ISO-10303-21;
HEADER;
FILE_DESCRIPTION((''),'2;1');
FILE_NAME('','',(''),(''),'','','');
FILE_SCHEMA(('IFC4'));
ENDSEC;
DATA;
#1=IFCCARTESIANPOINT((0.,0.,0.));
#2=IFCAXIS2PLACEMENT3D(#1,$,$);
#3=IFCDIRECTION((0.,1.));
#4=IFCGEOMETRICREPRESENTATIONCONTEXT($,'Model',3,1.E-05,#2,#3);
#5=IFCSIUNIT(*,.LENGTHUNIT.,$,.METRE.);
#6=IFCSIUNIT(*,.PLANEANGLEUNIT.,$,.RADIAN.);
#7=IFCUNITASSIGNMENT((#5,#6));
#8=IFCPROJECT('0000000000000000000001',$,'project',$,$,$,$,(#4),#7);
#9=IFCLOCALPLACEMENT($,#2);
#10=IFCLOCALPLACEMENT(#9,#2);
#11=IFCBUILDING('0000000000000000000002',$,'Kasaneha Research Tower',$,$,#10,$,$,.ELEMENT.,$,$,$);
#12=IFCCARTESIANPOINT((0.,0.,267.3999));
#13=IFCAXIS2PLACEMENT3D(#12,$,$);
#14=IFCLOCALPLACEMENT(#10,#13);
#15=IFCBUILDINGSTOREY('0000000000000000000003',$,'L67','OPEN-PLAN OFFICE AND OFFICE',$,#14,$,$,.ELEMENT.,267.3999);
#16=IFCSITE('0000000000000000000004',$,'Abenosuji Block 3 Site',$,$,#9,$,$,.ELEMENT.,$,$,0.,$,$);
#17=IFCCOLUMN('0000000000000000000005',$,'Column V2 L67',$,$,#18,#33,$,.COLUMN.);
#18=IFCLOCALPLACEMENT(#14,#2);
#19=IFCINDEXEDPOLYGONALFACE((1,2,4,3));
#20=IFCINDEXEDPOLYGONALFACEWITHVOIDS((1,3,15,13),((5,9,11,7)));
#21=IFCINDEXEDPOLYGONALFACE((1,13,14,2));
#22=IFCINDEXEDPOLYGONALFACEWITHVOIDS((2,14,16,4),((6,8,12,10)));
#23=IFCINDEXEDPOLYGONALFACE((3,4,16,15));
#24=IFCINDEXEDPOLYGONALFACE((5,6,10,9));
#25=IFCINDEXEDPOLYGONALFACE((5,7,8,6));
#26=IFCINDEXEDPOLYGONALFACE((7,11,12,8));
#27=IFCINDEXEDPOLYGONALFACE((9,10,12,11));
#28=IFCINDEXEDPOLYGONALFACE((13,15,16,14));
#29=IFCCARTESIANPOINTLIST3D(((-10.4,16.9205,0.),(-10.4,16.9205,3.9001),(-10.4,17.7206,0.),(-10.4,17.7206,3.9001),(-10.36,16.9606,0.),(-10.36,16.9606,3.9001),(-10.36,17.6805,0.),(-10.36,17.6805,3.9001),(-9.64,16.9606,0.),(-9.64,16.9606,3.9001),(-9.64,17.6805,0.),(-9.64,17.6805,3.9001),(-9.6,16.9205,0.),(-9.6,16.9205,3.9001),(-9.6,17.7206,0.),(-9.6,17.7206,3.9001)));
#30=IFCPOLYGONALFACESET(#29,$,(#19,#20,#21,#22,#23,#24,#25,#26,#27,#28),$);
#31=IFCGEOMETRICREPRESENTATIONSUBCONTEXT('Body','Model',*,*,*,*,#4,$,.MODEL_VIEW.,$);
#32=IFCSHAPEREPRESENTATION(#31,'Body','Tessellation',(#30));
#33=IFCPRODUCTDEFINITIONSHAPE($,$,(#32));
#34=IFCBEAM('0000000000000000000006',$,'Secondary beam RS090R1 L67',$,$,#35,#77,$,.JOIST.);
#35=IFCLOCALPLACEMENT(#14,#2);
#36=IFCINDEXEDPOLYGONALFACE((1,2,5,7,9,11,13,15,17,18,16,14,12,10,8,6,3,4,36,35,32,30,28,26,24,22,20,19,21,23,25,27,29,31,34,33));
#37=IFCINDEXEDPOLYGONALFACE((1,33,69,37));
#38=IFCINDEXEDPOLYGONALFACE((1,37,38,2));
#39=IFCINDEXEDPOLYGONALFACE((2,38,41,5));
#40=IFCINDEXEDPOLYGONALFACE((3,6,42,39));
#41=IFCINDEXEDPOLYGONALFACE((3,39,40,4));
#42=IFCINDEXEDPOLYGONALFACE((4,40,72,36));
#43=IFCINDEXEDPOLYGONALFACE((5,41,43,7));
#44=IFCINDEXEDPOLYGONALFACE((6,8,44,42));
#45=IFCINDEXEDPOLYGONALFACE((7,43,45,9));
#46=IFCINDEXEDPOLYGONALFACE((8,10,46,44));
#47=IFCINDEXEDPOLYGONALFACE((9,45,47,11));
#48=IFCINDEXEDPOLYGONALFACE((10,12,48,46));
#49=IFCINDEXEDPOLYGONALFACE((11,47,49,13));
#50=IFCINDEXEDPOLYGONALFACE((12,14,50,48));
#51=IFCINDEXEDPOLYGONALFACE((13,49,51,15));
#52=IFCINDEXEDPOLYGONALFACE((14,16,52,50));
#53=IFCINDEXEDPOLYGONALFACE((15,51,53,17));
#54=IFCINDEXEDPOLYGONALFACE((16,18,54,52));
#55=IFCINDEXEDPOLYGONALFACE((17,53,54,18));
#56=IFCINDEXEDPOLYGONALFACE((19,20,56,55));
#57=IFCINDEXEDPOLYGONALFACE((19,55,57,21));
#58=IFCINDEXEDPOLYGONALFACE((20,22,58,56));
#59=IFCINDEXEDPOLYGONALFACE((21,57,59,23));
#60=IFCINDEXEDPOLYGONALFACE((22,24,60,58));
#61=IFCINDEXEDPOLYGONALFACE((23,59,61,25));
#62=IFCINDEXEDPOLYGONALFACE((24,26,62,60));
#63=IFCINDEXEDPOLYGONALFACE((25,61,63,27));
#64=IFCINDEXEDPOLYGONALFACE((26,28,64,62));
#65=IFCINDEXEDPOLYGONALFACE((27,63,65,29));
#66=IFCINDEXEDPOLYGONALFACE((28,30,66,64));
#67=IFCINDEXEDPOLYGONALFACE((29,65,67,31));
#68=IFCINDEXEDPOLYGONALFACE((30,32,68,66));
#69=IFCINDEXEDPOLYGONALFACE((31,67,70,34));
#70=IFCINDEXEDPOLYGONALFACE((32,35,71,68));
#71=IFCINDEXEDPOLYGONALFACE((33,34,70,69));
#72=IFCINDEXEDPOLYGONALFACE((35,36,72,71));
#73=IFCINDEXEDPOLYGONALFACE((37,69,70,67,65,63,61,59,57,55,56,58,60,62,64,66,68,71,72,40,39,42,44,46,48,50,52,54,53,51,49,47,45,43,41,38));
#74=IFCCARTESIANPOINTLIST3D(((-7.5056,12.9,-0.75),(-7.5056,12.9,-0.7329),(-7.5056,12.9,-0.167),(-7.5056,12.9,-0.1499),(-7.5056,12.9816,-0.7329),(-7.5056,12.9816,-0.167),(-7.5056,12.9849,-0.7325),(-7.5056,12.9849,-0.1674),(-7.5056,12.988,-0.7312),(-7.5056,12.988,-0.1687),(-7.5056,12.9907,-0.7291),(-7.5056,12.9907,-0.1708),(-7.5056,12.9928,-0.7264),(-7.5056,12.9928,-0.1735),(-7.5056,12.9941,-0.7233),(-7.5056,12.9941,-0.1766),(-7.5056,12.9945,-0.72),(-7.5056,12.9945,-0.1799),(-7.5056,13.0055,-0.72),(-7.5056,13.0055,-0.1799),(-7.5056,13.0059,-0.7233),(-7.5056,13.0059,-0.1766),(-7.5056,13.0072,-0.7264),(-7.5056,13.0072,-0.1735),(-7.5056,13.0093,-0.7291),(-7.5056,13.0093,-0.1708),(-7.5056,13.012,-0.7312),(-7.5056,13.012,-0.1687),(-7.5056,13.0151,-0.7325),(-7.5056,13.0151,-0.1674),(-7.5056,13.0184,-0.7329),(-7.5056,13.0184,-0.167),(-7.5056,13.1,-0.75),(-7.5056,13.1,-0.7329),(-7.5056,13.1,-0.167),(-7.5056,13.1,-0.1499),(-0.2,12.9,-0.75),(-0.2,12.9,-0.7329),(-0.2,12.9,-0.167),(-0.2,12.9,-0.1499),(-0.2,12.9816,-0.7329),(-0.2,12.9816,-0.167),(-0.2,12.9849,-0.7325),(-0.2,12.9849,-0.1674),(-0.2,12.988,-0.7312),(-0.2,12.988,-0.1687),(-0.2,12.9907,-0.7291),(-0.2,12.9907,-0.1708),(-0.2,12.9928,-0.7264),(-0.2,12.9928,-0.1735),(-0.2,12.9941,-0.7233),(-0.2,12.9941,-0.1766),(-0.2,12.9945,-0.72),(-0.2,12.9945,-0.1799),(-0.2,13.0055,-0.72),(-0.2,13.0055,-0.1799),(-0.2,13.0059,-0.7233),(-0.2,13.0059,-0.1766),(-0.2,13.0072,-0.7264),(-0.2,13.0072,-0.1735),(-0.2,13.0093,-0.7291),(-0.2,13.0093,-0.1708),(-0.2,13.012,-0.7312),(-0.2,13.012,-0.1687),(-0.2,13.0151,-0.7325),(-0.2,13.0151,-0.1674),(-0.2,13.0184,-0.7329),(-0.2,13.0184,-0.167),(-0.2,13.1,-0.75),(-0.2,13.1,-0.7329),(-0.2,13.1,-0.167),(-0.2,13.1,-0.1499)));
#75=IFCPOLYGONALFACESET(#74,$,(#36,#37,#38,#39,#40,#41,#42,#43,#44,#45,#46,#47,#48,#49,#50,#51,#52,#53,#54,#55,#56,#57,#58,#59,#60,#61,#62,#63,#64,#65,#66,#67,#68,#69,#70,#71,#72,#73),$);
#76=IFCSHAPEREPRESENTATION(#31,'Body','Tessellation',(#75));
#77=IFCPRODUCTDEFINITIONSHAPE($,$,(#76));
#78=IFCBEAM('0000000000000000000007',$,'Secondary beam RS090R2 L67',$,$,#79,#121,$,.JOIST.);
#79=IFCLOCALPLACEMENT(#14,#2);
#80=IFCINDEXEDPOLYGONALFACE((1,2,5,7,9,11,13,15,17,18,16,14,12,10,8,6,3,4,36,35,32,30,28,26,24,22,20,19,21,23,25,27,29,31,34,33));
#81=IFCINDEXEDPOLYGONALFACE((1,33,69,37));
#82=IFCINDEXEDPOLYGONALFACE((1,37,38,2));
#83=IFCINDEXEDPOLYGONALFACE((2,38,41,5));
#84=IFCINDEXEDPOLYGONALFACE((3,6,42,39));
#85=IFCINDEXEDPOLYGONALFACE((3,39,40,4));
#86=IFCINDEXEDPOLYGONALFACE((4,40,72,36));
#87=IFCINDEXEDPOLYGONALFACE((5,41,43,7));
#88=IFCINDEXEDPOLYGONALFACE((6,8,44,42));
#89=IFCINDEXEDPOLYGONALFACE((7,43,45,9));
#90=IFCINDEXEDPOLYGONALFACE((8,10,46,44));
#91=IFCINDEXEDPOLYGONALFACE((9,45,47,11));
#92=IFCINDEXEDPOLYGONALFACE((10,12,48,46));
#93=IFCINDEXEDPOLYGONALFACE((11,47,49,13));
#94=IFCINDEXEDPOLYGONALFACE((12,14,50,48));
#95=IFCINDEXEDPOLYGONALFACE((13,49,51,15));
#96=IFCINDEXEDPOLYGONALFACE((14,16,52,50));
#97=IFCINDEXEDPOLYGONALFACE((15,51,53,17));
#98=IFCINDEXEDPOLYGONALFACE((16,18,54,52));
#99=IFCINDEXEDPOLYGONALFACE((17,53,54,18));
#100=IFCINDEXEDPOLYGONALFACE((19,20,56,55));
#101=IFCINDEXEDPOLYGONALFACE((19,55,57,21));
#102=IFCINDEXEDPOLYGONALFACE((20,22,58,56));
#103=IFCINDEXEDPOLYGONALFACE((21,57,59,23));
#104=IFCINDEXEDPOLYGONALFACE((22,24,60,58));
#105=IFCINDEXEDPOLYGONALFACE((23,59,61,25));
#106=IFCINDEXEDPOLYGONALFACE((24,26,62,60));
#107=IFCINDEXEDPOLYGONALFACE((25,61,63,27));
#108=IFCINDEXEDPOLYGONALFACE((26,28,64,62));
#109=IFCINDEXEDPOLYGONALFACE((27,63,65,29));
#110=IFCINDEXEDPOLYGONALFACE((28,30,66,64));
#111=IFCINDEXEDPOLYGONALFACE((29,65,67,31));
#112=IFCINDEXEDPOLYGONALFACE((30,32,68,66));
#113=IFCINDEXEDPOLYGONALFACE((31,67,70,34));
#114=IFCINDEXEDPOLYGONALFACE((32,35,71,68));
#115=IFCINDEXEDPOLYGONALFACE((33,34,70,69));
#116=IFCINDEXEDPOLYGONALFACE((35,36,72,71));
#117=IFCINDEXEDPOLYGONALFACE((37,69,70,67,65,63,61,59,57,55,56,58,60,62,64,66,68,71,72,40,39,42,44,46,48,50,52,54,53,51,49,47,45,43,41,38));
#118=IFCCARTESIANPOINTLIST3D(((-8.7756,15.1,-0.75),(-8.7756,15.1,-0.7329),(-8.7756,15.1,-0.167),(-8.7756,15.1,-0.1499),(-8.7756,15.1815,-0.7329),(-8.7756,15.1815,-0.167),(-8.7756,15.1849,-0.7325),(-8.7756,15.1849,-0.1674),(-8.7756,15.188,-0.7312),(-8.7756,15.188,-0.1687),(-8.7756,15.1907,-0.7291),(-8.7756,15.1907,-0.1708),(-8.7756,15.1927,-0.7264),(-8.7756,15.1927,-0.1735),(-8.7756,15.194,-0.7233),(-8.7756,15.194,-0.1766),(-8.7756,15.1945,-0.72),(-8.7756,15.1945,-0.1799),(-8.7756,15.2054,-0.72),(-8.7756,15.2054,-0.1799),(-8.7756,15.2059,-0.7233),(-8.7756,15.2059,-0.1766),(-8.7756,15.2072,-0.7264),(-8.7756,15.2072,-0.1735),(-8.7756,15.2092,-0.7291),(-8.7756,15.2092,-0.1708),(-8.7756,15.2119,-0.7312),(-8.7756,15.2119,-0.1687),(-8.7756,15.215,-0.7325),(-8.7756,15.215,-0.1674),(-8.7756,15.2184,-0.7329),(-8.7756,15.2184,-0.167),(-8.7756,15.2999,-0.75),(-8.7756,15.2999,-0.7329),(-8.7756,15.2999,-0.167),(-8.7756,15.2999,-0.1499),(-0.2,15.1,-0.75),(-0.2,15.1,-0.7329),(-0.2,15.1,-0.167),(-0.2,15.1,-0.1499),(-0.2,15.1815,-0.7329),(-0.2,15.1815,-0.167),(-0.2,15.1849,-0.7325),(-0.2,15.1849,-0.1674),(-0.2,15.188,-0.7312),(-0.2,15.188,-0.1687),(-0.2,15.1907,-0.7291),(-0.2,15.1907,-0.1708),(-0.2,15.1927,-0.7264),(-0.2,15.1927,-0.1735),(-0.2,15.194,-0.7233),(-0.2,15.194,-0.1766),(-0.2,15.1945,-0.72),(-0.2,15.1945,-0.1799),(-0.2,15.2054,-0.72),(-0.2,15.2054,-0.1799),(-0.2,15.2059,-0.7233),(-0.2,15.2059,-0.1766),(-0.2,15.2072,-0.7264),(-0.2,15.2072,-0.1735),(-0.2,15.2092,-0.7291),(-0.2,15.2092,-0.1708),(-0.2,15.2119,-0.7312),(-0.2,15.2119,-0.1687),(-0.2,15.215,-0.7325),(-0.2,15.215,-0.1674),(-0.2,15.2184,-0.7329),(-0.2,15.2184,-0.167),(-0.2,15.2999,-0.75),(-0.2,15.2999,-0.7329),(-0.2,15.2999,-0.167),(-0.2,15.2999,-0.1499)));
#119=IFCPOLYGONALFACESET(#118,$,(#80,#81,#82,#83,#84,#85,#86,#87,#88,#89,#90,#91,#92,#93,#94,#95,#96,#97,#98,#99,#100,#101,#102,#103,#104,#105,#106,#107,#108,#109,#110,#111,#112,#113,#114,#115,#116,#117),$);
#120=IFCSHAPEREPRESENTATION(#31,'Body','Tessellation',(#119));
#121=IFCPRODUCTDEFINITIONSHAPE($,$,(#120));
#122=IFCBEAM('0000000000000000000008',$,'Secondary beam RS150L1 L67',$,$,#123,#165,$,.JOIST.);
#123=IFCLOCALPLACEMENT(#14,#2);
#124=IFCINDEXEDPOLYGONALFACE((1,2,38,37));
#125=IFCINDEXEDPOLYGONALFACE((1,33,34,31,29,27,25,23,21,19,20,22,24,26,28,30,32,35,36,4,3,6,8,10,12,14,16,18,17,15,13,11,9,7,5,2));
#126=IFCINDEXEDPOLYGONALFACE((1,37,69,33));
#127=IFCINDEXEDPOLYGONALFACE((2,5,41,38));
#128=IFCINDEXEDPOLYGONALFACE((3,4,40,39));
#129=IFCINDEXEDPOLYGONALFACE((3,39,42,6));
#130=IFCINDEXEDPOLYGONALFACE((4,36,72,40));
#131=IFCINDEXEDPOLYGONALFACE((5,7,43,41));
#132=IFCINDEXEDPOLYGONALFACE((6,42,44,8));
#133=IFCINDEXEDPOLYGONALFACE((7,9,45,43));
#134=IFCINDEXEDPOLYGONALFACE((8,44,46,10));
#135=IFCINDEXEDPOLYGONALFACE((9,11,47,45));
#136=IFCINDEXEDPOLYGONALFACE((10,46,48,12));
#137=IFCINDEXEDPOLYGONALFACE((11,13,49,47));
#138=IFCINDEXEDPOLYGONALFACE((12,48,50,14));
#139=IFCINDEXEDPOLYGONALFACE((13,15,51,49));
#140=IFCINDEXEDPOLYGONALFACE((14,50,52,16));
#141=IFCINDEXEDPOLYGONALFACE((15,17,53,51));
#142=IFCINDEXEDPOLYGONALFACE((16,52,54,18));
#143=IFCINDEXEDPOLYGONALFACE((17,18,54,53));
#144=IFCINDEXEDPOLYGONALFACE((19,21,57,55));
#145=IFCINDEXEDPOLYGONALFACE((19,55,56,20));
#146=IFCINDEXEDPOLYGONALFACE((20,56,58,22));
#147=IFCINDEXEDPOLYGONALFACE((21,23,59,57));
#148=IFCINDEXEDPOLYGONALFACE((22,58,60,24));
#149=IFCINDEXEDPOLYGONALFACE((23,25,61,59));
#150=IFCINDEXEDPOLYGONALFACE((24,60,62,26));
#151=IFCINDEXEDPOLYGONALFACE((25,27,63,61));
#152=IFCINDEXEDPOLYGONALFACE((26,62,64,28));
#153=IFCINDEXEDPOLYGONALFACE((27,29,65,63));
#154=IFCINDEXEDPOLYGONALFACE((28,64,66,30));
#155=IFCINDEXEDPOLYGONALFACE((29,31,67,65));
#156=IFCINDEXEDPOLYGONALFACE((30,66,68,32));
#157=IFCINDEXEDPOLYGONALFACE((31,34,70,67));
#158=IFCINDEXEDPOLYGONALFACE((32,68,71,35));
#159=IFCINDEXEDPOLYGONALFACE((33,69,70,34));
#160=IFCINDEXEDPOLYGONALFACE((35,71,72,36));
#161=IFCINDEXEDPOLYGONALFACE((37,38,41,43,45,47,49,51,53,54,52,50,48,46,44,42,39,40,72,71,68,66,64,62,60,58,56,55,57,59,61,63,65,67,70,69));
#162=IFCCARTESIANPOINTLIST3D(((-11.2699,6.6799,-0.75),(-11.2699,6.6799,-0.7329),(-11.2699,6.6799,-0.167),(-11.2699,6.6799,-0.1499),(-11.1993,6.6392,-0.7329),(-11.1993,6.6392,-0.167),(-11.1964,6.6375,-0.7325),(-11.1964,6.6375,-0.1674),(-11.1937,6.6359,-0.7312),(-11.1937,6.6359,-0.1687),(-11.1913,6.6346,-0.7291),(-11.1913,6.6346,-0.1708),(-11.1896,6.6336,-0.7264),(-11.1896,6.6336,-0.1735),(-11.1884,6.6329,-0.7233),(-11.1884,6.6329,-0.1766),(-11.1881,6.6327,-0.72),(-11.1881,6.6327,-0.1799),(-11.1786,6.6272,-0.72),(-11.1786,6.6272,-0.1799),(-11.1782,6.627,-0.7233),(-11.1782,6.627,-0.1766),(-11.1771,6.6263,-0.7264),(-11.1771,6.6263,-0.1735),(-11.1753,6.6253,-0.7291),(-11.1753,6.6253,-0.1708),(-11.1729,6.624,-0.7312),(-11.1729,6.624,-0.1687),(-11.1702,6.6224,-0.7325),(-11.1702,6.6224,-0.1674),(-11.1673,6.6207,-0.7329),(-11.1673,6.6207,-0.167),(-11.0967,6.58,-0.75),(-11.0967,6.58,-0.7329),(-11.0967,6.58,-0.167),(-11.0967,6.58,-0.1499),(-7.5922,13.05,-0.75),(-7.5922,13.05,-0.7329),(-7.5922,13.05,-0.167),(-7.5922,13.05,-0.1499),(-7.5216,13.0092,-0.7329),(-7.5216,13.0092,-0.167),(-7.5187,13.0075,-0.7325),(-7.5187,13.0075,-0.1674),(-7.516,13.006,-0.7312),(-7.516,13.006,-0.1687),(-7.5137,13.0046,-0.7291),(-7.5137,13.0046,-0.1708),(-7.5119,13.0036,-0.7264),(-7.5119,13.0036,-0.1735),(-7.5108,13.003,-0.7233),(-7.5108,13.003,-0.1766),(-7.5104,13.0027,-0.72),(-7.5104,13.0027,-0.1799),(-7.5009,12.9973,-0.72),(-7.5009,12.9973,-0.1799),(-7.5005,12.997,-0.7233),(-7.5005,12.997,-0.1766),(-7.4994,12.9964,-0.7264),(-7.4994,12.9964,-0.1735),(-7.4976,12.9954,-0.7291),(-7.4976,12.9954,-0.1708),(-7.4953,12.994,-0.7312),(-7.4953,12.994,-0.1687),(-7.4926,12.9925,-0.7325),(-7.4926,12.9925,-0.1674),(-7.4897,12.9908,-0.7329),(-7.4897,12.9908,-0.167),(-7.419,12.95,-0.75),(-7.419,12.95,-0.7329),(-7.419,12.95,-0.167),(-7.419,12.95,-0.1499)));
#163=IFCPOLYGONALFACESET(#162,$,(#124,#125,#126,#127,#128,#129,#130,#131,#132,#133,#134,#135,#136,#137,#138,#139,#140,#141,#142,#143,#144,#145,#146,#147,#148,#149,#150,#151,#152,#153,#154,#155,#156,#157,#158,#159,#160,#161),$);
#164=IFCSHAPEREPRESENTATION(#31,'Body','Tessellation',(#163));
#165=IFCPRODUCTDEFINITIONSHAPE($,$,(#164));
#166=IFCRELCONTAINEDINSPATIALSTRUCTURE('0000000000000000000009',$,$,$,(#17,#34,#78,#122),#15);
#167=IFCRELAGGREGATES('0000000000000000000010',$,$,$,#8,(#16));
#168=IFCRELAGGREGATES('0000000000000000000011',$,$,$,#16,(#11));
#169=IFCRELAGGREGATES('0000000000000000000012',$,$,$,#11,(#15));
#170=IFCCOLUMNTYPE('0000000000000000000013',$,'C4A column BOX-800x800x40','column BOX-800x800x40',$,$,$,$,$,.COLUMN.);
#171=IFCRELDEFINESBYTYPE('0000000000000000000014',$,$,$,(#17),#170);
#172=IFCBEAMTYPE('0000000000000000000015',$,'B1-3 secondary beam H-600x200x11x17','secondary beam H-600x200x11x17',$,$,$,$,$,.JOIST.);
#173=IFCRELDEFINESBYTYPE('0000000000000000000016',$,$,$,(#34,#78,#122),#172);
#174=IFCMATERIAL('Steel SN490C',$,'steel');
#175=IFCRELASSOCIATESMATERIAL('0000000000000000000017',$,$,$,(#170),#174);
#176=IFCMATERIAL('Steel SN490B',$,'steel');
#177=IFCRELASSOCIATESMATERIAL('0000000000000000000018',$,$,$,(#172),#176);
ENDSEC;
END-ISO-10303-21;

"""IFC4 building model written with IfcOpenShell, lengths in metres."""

from ifc_helpers import new_model, si_unit, direction, frame, origin, origin_2d, place, context, subcontext, project, spatial, hollow_rectangle, i_section, extrude, material, material_profile, profile_set, type_object, element, save


model = new_model("IFC4")

# Units and contexts
model_context = context("Model", 3, precision=1e-05, world=origin(), true_north=direction((0.0, 1.0)))
body_context = subcontext(model_context, "Body", "Model", "MODEL_VIEW")
ifc_project = project(units=[si_unit("LENGTHUNIT", "METRE"), si_unit("PLANEANGLEUNIT", "RADIAN")], contexts=[model_context])

# Site, building, storey
site_placement = place(None, origin())
site = spatial("IfcSite", under=ifc_project, at=site_placement, Name="Abenosuji Block 3 Site", CompositionType="ELEMENT", RefElevation=0.0)
building_placement = place(site_placement, origin())
building = spatial("IfcBuilding", under=site, at=building_placement, Name="Kasaneha Research Tower", CompositionType="ELEMENT")
storey_placement = place(building_placement, frame((0.0, 0.0, 267.3999)))
storey = spatial("IfcBuildingStorey", under=building, at=storey_placement, Name="L67", Description="OPEN-PLAN OFFICE AND OFFICE", CompositionType="ELEMENT", Elevation=267.3999)

# Column
ifc_material_1 = material(Name="Steel SN490C", Category="steel")
ifc_material_profile_1 = material_profile(ifc_material_1, hollow_rectangle(XDim=0.8, YDim=0.8, WallThickness=0.04, at=origin_2d()), Name="BOX-800x800x40")
ifc_profile_set_1 = profile_set([ifc_material_profile_1], Name="Steel SN490C")
column_type = type_object("IfcColumnType", Name="C4A column BOX-800x800x40", Description="column BOX-800x800x40", PredefinedType="COLUMN", material=ifc_profile_set_1)
column_placement = place(storey_placement, frame((-10.0, 17.3206, 0.0), z_axis=(0.0, 0.0, 1.0), x_axis=(1.0, 0.0, 0.0)))
element("IfcColumn", 1, at=column_placement, inside=storey, type_object=column_type, Name="Column V2 L67", PredefinedType="COLUMN", context=body_context, shape_type="SweptSolid", body=[
    extrude(hollow_rectangle(XDim=0.8, YDim=0.8, WallThickness=0.04, at=origin_2d()), origin(), (0.0, 0.0, 1.0), 3.9001),
])

# Beams
ifc_material_2 = material(Name="Steel SN490B", Category="steel")
ifc_material_profile_2 = material_profile(ifc_material_2, i_section(OverallWidth=0.2, OverallDepth=0.6001, WebThickness=0.011, FlangeThickness=0.0171, FilletRadius=0.0129, at=origin_2d()), Name="H-600x200x11x17")
ifc_profile_set_2 = profile_set([ifc_material_profile_2], Name="Steel SN490B")
beam_type_1 = type_object("IfcBeamType", Name="B1-3 secondary beam H-600x200x11x17", Description="secondary beam H-600x200x11x17", PredefinedType="JOIST", material=ifc_profile_set_2)
beam_1_placement = place(storey_placement, frame((-7.5056, 13.0, -0.45), z_axis=(1.0, 0.0, 0.0), x_axis=(0.0, 1.0, 0.0)))
element("IfcBeam", 2, at=beam_1_placement, inside=storey, type_object=beam_type_1, Name="Secondary beam RS090R1 L67", PredefinedType="JOIST", context=body_context, shape_type="SweptSolid", body=[
    extrude(i_section(OverallWidth=0.2, OverallDepth=0.6001, WebThickness=0.011, FlangeThickness=0.0171, FilletRadius=0.0129, at=origin_2d()), origin(), (0.0, 0.0, 1.0), 7.3057),
])
beam_2_placement = place(storey_placement, frame((-8.7756, 15.2, -0.45), z_axis=(1.0, 0.0, 0.0), x_axis=(0.0, 1.0, 0.0)))
element("IfcBeam", 3, at=beam_2_placement, inside=storey, type_object=beam_type_1, Name="Secondary beam RS090R2 L67", PredefinedType="JOIST", context=body_context, shape_type="SweptSolid", body=[
    extrude(i_section(OverallWidth=0.2, OverallDepth=0.6001, WebThickness=0.011, FlangeThickness=0.0171, FilletRadius=0.0129, at=origin_2d()), origin(), (0.0, 0.0, 1.0), 8.5757),
])
beam_3_placement = place(storey_placement, frame((-7.5056, 13.0, -0.45), z_axis=(-0.499994, -0.866029, 0.0), x_axis=(0.866029, -0.499994, 0.0)))
element("IfcBeam", 4, at=beam_3_placement, inside=storey, type_object=beam_type_1, Name="Secondary beam RS150L1 L67", PredefinedType="JOIST", context=body_context, shape_type="SweptSolid", body=[
    extrude(i_section(OverallWidth=0.2, OverallDepth=0.6001, WebThickness=0.011, FlangeThickness=0.0171, FilletRadius=0.0129, at=origin_2d()), origin(), (0.0, 0.0, 1.0), 7.3555),
])

save(model, "model.ifc")
